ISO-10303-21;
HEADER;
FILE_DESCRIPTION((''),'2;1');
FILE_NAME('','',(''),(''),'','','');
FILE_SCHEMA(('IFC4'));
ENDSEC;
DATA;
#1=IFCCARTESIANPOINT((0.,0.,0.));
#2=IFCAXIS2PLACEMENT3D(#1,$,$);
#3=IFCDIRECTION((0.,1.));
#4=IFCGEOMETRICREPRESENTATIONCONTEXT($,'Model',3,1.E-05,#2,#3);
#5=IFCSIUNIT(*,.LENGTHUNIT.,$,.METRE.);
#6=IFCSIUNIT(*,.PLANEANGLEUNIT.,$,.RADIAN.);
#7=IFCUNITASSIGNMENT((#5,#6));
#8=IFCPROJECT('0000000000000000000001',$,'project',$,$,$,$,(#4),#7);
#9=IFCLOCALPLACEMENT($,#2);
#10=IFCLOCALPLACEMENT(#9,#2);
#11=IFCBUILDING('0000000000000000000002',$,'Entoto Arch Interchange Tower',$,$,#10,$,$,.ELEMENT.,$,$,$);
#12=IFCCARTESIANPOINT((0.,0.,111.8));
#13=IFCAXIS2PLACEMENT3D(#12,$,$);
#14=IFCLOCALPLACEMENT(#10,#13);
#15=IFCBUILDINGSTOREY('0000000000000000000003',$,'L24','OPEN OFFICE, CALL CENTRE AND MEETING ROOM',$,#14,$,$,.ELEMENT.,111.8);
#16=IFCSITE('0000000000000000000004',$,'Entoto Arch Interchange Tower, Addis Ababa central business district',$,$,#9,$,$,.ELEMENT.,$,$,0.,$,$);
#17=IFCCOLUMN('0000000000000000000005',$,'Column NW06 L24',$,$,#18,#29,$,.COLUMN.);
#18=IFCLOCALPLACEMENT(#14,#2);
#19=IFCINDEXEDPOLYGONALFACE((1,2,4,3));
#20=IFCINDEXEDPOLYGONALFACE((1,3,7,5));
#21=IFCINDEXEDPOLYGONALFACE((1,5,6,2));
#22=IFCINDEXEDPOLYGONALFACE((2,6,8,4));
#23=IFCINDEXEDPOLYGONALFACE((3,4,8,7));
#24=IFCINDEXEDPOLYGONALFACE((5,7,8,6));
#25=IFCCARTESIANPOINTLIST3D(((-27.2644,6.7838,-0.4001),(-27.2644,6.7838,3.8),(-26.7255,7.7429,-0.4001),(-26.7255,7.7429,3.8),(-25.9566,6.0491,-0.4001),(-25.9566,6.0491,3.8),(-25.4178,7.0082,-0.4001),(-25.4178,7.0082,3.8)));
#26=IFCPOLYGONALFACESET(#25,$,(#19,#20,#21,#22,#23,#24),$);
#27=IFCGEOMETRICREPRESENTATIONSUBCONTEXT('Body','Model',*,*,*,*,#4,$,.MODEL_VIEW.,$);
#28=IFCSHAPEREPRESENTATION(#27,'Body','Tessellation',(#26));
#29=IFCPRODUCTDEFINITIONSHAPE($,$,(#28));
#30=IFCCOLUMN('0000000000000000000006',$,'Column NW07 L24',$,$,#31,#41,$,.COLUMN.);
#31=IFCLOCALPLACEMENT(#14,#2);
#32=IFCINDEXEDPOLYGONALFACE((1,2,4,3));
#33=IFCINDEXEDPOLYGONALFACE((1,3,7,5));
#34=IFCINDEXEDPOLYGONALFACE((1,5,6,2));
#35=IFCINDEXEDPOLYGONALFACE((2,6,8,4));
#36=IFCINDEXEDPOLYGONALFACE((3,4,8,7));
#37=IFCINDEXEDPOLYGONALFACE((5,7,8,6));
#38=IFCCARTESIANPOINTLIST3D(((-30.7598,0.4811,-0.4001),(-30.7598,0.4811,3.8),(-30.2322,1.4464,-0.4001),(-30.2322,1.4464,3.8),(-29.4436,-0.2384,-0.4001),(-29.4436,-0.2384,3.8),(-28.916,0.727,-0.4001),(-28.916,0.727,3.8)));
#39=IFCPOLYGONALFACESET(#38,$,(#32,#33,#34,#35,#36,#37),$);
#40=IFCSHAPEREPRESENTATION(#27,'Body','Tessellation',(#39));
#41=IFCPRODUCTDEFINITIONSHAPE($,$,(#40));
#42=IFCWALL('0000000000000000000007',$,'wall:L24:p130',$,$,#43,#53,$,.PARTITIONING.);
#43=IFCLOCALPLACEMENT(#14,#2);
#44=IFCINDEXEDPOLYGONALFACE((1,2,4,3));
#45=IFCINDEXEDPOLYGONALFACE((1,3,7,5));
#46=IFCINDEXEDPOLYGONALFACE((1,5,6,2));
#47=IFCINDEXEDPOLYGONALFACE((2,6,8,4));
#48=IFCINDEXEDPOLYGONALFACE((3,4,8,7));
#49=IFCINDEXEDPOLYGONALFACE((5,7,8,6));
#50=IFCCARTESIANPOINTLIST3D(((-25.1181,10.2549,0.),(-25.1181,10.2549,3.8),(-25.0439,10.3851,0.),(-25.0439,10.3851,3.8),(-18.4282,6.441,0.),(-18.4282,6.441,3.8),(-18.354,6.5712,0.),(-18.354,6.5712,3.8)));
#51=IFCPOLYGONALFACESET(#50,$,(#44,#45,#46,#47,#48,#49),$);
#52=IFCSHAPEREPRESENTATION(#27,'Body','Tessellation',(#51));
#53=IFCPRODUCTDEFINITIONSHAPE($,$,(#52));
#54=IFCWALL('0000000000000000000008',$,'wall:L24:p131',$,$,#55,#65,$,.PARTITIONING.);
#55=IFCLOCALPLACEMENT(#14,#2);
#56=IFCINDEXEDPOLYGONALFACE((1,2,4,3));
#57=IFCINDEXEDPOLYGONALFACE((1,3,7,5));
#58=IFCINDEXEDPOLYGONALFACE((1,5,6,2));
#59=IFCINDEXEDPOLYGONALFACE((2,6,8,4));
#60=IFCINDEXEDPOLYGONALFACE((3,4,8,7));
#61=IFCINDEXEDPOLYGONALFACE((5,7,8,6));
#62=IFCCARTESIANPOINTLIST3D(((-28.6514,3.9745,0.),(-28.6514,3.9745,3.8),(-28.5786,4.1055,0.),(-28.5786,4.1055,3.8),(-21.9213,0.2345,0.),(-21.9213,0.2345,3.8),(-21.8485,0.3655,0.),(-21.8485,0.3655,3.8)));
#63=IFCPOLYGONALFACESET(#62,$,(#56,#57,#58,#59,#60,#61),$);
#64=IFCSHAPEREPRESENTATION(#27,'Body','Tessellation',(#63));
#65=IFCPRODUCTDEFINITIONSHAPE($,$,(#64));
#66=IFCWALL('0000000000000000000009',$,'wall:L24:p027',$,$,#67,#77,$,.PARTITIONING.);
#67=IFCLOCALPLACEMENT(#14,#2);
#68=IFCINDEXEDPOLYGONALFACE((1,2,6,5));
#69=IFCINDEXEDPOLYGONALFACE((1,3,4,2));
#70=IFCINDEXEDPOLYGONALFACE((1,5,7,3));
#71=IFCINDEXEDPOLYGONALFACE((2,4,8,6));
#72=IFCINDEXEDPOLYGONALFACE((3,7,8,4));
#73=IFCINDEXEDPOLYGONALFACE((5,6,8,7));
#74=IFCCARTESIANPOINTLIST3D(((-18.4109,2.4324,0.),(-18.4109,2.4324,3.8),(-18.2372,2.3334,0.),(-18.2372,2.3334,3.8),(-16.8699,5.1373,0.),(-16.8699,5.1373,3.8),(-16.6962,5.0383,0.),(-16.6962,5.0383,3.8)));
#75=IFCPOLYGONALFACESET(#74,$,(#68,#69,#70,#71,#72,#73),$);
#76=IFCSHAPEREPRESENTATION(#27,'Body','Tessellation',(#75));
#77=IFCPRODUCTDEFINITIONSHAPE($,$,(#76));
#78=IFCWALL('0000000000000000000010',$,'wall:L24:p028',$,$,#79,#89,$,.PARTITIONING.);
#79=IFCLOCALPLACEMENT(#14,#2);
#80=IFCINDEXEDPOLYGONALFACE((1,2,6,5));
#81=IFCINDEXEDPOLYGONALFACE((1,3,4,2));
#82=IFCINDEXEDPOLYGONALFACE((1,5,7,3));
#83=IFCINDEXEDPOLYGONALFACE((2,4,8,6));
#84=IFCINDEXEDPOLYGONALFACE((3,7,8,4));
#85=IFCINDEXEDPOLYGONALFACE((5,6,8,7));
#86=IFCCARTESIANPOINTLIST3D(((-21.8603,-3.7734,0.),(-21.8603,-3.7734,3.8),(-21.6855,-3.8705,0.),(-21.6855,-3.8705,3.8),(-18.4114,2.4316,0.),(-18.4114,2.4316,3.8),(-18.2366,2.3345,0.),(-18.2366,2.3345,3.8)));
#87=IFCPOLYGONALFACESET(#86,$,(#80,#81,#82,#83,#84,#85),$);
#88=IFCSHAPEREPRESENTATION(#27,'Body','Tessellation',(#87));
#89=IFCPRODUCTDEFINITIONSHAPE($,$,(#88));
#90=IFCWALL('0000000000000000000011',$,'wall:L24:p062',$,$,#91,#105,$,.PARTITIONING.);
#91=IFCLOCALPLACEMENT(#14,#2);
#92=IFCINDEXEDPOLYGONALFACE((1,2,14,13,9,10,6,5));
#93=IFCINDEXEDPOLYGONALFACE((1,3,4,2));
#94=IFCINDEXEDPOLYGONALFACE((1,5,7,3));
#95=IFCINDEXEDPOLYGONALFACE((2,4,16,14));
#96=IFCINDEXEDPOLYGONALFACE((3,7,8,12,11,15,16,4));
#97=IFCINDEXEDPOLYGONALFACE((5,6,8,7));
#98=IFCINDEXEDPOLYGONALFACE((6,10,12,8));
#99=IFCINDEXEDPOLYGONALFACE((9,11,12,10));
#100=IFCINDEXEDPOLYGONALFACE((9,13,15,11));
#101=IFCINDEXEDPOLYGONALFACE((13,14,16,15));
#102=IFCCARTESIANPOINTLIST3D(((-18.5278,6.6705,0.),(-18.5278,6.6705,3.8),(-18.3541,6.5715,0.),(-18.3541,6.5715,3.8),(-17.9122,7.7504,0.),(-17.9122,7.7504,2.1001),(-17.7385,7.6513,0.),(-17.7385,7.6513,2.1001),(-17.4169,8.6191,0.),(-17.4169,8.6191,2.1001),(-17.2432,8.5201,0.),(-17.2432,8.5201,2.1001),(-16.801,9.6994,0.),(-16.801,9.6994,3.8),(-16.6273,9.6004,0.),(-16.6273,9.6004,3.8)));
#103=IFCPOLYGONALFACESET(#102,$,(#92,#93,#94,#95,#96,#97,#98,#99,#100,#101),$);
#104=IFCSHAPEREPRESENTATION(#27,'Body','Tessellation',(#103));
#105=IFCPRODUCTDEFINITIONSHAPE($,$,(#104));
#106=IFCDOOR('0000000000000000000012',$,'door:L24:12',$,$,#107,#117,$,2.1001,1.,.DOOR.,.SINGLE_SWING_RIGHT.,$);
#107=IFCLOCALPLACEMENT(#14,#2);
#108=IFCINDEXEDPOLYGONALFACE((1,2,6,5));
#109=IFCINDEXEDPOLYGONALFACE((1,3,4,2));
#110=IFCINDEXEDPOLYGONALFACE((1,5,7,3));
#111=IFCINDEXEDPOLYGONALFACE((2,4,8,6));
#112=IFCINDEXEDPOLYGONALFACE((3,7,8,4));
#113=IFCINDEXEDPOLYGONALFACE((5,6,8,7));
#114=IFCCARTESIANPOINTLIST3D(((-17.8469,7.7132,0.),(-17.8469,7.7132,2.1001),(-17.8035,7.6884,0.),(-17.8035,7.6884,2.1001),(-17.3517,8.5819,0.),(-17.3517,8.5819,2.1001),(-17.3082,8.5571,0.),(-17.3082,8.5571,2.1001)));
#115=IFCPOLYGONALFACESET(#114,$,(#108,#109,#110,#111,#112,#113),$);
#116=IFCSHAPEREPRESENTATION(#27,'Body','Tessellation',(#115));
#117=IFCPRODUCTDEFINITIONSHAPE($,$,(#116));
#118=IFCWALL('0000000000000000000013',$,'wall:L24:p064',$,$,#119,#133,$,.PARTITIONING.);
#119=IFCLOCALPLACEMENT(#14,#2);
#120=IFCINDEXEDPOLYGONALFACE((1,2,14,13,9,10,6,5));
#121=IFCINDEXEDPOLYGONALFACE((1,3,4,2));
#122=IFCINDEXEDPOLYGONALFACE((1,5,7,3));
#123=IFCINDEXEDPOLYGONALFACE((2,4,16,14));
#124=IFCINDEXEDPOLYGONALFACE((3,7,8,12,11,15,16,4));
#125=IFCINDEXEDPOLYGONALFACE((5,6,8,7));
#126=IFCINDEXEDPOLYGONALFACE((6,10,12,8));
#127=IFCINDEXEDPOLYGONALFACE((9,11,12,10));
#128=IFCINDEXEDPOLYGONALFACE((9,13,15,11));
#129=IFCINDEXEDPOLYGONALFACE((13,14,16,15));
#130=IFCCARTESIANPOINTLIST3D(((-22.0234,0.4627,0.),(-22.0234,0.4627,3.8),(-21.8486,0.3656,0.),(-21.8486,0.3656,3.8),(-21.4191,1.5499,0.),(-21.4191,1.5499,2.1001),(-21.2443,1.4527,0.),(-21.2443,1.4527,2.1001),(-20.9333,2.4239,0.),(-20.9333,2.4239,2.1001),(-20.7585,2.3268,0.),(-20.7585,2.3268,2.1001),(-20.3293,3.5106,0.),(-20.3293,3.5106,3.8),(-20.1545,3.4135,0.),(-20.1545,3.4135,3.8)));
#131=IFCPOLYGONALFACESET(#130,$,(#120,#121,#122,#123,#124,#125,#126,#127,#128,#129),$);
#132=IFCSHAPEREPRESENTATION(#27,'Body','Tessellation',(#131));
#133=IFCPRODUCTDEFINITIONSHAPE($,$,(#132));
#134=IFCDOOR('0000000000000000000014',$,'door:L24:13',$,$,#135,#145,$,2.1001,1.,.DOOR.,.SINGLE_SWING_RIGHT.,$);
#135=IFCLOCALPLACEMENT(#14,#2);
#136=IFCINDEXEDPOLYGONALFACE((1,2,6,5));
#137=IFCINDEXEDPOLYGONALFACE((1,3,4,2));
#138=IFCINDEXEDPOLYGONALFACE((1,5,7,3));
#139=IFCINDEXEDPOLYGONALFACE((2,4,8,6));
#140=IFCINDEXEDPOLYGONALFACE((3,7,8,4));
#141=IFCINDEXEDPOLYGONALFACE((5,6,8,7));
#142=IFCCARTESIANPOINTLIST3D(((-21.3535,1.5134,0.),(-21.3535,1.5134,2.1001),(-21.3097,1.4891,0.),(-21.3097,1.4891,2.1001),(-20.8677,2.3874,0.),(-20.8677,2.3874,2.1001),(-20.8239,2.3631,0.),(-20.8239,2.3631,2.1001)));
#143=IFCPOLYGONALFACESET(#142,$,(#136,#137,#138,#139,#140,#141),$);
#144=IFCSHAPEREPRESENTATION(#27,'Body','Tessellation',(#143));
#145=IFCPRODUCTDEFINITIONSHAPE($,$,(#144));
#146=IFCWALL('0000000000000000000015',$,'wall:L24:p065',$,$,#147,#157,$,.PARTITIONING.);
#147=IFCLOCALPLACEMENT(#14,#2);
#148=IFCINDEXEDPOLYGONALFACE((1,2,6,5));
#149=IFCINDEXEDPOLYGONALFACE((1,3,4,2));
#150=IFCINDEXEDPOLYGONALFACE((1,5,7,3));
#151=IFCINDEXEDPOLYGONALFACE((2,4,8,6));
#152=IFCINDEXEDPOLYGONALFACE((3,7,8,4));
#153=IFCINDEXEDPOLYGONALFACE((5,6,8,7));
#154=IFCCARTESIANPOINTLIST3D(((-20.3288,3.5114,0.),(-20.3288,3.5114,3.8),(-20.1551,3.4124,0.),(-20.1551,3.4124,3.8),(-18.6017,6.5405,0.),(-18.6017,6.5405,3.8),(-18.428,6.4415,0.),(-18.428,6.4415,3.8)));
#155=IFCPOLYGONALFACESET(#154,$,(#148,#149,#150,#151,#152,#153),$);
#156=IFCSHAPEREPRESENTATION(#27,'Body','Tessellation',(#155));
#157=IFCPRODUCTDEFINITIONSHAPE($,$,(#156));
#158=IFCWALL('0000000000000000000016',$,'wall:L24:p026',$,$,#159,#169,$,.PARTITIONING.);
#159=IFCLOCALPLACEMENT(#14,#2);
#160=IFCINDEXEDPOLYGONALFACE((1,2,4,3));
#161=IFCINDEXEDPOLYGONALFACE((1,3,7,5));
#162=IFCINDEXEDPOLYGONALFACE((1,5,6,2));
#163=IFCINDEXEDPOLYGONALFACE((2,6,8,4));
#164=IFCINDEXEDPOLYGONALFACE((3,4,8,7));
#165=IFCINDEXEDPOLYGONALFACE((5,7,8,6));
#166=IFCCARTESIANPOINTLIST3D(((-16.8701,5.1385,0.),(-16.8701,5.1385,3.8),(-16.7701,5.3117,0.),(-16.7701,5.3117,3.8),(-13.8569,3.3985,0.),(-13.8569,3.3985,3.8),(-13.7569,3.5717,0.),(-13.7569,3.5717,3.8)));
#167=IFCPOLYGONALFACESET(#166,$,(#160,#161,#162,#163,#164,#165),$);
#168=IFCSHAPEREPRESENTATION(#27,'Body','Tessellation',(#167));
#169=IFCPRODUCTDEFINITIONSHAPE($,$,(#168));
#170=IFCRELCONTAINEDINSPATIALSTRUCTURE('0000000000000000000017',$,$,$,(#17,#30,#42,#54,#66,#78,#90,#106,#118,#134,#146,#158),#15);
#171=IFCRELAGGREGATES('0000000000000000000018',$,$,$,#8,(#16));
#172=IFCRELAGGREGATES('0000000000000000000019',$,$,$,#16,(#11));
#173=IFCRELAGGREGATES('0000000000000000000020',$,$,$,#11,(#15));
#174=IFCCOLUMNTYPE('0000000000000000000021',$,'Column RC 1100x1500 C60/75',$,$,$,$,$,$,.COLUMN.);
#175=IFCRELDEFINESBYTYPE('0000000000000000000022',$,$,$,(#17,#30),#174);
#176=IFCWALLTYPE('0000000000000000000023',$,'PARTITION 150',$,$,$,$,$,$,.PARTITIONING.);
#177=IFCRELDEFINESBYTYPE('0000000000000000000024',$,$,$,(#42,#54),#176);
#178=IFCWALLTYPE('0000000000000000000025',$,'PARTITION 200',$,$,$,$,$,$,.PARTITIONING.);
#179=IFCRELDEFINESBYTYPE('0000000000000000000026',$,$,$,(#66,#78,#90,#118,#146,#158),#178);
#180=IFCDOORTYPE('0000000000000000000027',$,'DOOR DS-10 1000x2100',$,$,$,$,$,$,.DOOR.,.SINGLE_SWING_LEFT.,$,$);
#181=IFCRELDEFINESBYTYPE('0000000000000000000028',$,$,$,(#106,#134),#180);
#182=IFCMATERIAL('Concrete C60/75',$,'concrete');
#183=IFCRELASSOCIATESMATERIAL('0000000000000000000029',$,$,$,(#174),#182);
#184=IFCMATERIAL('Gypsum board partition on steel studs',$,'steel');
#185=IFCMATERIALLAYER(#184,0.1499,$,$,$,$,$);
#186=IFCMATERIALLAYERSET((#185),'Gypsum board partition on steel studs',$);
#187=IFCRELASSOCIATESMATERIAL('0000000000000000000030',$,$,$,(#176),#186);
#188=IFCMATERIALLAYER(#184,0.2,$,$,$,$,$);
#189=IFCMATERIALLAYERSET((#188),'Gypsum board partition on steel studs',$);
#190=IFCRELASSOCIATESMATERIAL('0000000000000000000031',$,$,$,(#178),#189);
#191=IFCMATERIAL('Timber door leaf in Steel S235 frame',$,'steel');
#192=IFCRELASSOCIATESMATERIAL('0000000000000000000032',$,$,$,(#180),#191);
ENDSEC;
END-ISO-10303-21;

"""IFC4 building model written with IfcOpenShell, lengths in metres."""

from ifc_helpers import new_model, si_unit, direction, frame, frame_2d, origin, origin_2d, place, context, subcontext, project, spatial, rectangle, extrude, material, layer, layer_set, material_profile, profile_set, type_object, element, fill, save


model = new_model("IFC4")

# Units and contexts
model_context = context("Model", 3, precision=1e-05, world=origin(), true_north=direction((0.0, 1.0)))
body_context = subcontext(model_context, "Body", "Model", "MODEL_VIEW")
ifc_project = project(units=[si_unit("LENGTHUNIT", "METRE"), si_unit("PLANEANGLEUNIT", "RADIAN")], contexts=[model_context])

# Site, building, storey
site_placement = place(None, origin())
site = spatial("IfcSite", under=ifc_project, at=site_placement, Name="Entoto Arch Interchange Tower, Addis Ababa central business district", CompositionType="ELEMENT", RefElevation=0.0)
building_placement = place(site_placement, origin())
building = spatial("IfcBuilding", under=site, at=building_placement, Name="Entoto Arch Interchange Tower", CompositionType="ELEMENT")
storey_placement = place(building_placement, frame((0.0, 0.0, 111.8)))
storey = spatial("IfcBuildingStorey", under=building, at=storey_placement, Name="L24", Description="OPEN OFFICE, CALL CENTRE AND MEETING ROOM", CompositionType="ELEMENT", Elevation=111.8)

# Columns
ifc_material_1 = material(Name="Concrete C60/75", Category="concrete")
ifc_material_profile = material_profile(ifc_material_1, rectangle(XDim=1.1001, YDim=1.5, at=origin_2d()))
ifc_profile_set = profile_set([ifc_material_profile], Name="Concrete C60/75")
column_type = type_object("IfcColumnType", Name="Column RC 1100x1500 C60/75", PredefinedType="COLUMN", material=ifc_profile_set)
for number, where, z_axis, x_axis, name in (
    (1, (-26.3411, 6.896, -0.4001), (0.0, 0.0, 1.0), (0.489839, 0.871813, 0.0), "Column NW06 L24"),
    (2, (-29.8379, 0.604, -0.4001), (0.0, 0.0, 1.0), (0.479611, 0.877481, 0.0), "Column NW07 L24"),
):
    element("IfcColumn", number, at=place(storey_placement, frame(where, z_axis=z_axis, x_axis=x_axis)), inside=storey, type_object=column_type, Name=name, PredefinedType="COLUMN", context=body_context, shape_type="SweptSolid", body=[
        extrude(rectangle(XDim=1.1001, YDim=1.5, at=origin_2d()), origin(), (0.0, 0.0, 1.0), 4.2002),
    ])

# Walls
ifc_material_2 = material(Name="Gypsum board partition on steel studs", Category="steel")
ifc_layer_1 = layer(ifc_material_2, 0.1499)
ifc_layer_set_1 = layer_set([ifc_layer_1], Name="Gypsum board partition on steel studs")
wall_type_1 = type_object("IfcWallType", Name="PARTITION 150", PredefinedType="PARTITIONING", material=ifc_layer_set_1)
wall_1_placement = place(storey_placement, frame((-18.3911, 6.5061, 0.0), z_axis=(0.0, 0.0, 1.0), x_axis=(-0.868738, 0.495271, 0.0)))
element("IfcWall", 3, at=wall_1_placement, inside=storey, type_object=wall_type_1, Name="wall:L24:p130", PredefinedType="PARTITIONING", context=body_context, shape_type="SweptSolid", body=[
    extrude(rectangle(XDim=7.7007, YDim=0.1499, at=frame_2d((3.8503, 0.0))), origin(), (0.0, 0.0, 1.0), 3.8),
])
wall_2_placement = place(storey_placement, frame((-21.885, 0.3, 0.0), z_axis=(0.0, 0.0, 1.0), x_axis=(-0.874096, 0.485753, 0.0)))
element("IfcWall", 4, at=wall_2_placement, inside=storey, type_object=wall_type_1, Name="wall:L24:p131", PredefinedType="PARTITIONING", context=body_context, shape_type="SweptSolid", body=[
    extrude(rectangle(XDim=7.6995, YDim=0.1499, at=frame_2d((3.8496, 0.0))), origin(), (0.0, 0.0, 1.0), 3.8),
])
ifc_layer_2 = layer(ifc_material_2, 0.2)
ifc_layer_set_2 = layer_set([ifc_layer_2], Name="Gypsum board partition on steel studs")
wall_type_2 = type_object("IfcWallType", Name="PARTITION 200", PredefinedType="PARTITIONING", material=ifc_layer_set_2)
wall_3_placement = place(storey_placement, frame((-16.783, 5.0879, 0.0), z_axis=(0.0, 0.0, 1.0), x_axis=(-0.495024, -0.868879, 0.0)))
element("IfcWall", 5, at=wall_3_placement, inside=storey, type_object=wall_type_2, Name="wall:L24:p027", PredefinedType="PARTITIONING", context=body_context, shape_type="SweptSolid", body=[
    extrude(rectangle(XDim=3.113, YDim=0.2, at=frame_2d((1.5566, 0.0))), origin(), (0.0, 0.0, 1.0), 3.8),
])
wall_4_placement = place(storey_placement, frame((-18.324, 2.3831, 0.0), z_axis=(0.0, 0.0, 1.0), x_axis=(-0.485827, -0.874055, 0.0)))
element("IfcWall", 6, at=wall_4_placement, inside=storey, type_object=wall_type_2, Name="wall:L24:p028", PredefinedType="PARTITIONING", context=body_context, shape_type="SweptSolid", body=[
    extrude(rectangle(XDim=7.0991, YDim=0.2, at=frame_2d((3.5496, 0.0))), origin(), (0.0, 0.0, 1.0), 3.8),
])

# Walls, openings, doors
wall_5_placement = place(storey_placement, frame((-18.4409, 6.6211, 0.0), z_axis=(0.0, 0.0, 1.0), x_axis=(0.495287, 0.86873, 0.0)))
wall_5 = element("IfcWall", 7, at=wall_5_placement, inside=storey, type_object=wall_type_2, Name="wall:L24:p062", PredefinedType="PARTITIONING", context=body_context, shape_type="SweptSolid", body=[
    extrude(rectangle(XDim=3.4866, YDim=0.2, at=frame_2d((1.7432, 0.0))), origin(), (0.0, 0.0, 1.0), 3.8),
])
opening_1_placement = place(wall_5_placement, frame((1.2429, 0.0, 0.0)))
opening_1 = element("IfcOpeningElement", 8, at=opening_1_placement, cuts=wall_5, PredefinedType="OPENING", context=body_context, shape_type="SweptSolid", body=[
    extrude(rectangle(XDim=1.0, YDim=2.1001, at=frame_2d((0.5, 1.05))), frame((0.0, 0.1099, 0.0), z_axis=(0.0, -1.0, 0.0), x_axis=(1.0, 0.0, 0.0)), (0.0, 0.0, 1.0), 0.22),
])
ifc_material_3 = material(Name="Timber door leaf in Steel S235 frame", Category="steel")
door_type = type_object("IfcDoorType", Name="DOOR DS-10 1000x2100", OperationType="SINGLE_SWING_LEFT", PredefinedType="DOOR", material=ifc_material_3)
door_1_placement = place(opening_1_placement, origin())
door_1 = element("IfcDoor", 9, at=door_1_placement, inside=storey, type_object=door_type, Name="door:L24:12", OperationType="SINGLE_SWING_RIGHT", OverallHeight=2.1001, OverallWidth=1.0, PredefinedType="DOOR", context=body_context, shape_type="SweptSolid", body=[
    extrude(rectangle(XDim=1.0, YDim=2.1001, at=frame_2d((0.5, 1.05))), frame((0.0, 0.0249, 0.0), z_axis=(0.0, -1.0, 0.0), x_axis=(1.0, 0.0, 0.0)), (0.0, 0.0, 1.0), 0.05),
])
fill(opening_1, door_1)
wall_6_placement = place(storey_placement, frame((-21.936, 0.4141, 0.0), z_axis=(0.0, 0.0, 1.0), x_axis=(0.485827, 0.874055, 0.0)))
wall_6 = element("IfcWall", 10, at=wall_6_placement, inside=storey, type_object=wall_type_2, Name="wall:L24:p064", PredefinedType="PARTITIONING", context=body_context, shape_type="SweptSolid", body=[
    extrude(rectangle(XDim=3.4871, YDim=0.2, at=frame_2d((1.7437, 0.0))), origin(), (0.0, 0.0, 1.0), 3.8),
])
opening_2_placement = place(wall_6_placement, frame((1.2439, 0.0, 0.0)))
opening_2 = element("IfcOpeningElement", 11, at=opening_2_placement, cuts=wall_6, PredefinedType="OPENING", context=body_context, shape_type="SweptSolid", body=[
    extrude(rectangle(XDim=1.0, YDim=2.1001, at=frame_2d((0.5, 1.05))), frame((0.0, 0.1099, 0.0), z_axis=(0.0, -1.0, 0.0), x_axis=(1.0, 0.0, 0.0)), (0.0, 0.0, 1.0), 0.22),
])
door_2_placement = place(opening_2_placement, origin())
door_2 = element("IfcDoor", 12, at=door_2_placement, inside=storey, type_object=door_type, Name="door:L24:13", OperationType="SINGLE_SWING_RIGHT", OverallHeight=2.1001, OverallWidth=1.0, PredefinedType="DOOR", context=body_context, shape_type="SweptSolid", body=[
    extrude(rectangle(XDim=1.0, YDim=2.1001, at=frame_2d((0.5, 1.05))), frame((0.0, 0.0249, 0.0), z_axis=(0.0, -1.0, 0.0), x_axis=(1.0, 0.0, 0.0)), (0.0, 0.0, 1.0), 0.05),
])
fill(opening_2, door_2)

# Walls
wall_7_placement = place(storey_placement, frame((-20.2419, 3.4619, 0.0), z_axis=(0.0, 0.0, 1.0), x_axis=(0.495309, 0.868717, 0.0)))
element("IfcWall", 13, at=wall_7_placement, inside=storey, type_object=wall_type_2, Name="wall:L24:p065", PredefinedType="PARTITIONING", context=body_context, shape_type="SweptSolid", body=[
    extrude(rectangle(XDim=3.4868, YDim=0.2, at=frame_2d((1.7434, 0.0))), origin(), (0.0, 0.0, 1.0), 3.8),
])
wall_8_placement = place(storey_placement, frame((-13.8069, 3.4851, 0.0), z_axis=(0.0, 0.0, 1.0), x_axis=(-0.865985, 0.500071, 0.0)))
element("IfcWall", 14, at=wall_8_placement, inside=storey, type_object=wall_type_2, Name="wall:L24:p026", PredefinedType="PARTITIONING", context=body_context, shape_type="SweptSolid", body=[
    extrude(rectangle(XDim=3.4795, YDim=0.2, at=frame_2d((1.7397, 0.0))), origin(), (0.0, 0.0, 1.0), 3.8),
])

save(model, "model.ifc")
